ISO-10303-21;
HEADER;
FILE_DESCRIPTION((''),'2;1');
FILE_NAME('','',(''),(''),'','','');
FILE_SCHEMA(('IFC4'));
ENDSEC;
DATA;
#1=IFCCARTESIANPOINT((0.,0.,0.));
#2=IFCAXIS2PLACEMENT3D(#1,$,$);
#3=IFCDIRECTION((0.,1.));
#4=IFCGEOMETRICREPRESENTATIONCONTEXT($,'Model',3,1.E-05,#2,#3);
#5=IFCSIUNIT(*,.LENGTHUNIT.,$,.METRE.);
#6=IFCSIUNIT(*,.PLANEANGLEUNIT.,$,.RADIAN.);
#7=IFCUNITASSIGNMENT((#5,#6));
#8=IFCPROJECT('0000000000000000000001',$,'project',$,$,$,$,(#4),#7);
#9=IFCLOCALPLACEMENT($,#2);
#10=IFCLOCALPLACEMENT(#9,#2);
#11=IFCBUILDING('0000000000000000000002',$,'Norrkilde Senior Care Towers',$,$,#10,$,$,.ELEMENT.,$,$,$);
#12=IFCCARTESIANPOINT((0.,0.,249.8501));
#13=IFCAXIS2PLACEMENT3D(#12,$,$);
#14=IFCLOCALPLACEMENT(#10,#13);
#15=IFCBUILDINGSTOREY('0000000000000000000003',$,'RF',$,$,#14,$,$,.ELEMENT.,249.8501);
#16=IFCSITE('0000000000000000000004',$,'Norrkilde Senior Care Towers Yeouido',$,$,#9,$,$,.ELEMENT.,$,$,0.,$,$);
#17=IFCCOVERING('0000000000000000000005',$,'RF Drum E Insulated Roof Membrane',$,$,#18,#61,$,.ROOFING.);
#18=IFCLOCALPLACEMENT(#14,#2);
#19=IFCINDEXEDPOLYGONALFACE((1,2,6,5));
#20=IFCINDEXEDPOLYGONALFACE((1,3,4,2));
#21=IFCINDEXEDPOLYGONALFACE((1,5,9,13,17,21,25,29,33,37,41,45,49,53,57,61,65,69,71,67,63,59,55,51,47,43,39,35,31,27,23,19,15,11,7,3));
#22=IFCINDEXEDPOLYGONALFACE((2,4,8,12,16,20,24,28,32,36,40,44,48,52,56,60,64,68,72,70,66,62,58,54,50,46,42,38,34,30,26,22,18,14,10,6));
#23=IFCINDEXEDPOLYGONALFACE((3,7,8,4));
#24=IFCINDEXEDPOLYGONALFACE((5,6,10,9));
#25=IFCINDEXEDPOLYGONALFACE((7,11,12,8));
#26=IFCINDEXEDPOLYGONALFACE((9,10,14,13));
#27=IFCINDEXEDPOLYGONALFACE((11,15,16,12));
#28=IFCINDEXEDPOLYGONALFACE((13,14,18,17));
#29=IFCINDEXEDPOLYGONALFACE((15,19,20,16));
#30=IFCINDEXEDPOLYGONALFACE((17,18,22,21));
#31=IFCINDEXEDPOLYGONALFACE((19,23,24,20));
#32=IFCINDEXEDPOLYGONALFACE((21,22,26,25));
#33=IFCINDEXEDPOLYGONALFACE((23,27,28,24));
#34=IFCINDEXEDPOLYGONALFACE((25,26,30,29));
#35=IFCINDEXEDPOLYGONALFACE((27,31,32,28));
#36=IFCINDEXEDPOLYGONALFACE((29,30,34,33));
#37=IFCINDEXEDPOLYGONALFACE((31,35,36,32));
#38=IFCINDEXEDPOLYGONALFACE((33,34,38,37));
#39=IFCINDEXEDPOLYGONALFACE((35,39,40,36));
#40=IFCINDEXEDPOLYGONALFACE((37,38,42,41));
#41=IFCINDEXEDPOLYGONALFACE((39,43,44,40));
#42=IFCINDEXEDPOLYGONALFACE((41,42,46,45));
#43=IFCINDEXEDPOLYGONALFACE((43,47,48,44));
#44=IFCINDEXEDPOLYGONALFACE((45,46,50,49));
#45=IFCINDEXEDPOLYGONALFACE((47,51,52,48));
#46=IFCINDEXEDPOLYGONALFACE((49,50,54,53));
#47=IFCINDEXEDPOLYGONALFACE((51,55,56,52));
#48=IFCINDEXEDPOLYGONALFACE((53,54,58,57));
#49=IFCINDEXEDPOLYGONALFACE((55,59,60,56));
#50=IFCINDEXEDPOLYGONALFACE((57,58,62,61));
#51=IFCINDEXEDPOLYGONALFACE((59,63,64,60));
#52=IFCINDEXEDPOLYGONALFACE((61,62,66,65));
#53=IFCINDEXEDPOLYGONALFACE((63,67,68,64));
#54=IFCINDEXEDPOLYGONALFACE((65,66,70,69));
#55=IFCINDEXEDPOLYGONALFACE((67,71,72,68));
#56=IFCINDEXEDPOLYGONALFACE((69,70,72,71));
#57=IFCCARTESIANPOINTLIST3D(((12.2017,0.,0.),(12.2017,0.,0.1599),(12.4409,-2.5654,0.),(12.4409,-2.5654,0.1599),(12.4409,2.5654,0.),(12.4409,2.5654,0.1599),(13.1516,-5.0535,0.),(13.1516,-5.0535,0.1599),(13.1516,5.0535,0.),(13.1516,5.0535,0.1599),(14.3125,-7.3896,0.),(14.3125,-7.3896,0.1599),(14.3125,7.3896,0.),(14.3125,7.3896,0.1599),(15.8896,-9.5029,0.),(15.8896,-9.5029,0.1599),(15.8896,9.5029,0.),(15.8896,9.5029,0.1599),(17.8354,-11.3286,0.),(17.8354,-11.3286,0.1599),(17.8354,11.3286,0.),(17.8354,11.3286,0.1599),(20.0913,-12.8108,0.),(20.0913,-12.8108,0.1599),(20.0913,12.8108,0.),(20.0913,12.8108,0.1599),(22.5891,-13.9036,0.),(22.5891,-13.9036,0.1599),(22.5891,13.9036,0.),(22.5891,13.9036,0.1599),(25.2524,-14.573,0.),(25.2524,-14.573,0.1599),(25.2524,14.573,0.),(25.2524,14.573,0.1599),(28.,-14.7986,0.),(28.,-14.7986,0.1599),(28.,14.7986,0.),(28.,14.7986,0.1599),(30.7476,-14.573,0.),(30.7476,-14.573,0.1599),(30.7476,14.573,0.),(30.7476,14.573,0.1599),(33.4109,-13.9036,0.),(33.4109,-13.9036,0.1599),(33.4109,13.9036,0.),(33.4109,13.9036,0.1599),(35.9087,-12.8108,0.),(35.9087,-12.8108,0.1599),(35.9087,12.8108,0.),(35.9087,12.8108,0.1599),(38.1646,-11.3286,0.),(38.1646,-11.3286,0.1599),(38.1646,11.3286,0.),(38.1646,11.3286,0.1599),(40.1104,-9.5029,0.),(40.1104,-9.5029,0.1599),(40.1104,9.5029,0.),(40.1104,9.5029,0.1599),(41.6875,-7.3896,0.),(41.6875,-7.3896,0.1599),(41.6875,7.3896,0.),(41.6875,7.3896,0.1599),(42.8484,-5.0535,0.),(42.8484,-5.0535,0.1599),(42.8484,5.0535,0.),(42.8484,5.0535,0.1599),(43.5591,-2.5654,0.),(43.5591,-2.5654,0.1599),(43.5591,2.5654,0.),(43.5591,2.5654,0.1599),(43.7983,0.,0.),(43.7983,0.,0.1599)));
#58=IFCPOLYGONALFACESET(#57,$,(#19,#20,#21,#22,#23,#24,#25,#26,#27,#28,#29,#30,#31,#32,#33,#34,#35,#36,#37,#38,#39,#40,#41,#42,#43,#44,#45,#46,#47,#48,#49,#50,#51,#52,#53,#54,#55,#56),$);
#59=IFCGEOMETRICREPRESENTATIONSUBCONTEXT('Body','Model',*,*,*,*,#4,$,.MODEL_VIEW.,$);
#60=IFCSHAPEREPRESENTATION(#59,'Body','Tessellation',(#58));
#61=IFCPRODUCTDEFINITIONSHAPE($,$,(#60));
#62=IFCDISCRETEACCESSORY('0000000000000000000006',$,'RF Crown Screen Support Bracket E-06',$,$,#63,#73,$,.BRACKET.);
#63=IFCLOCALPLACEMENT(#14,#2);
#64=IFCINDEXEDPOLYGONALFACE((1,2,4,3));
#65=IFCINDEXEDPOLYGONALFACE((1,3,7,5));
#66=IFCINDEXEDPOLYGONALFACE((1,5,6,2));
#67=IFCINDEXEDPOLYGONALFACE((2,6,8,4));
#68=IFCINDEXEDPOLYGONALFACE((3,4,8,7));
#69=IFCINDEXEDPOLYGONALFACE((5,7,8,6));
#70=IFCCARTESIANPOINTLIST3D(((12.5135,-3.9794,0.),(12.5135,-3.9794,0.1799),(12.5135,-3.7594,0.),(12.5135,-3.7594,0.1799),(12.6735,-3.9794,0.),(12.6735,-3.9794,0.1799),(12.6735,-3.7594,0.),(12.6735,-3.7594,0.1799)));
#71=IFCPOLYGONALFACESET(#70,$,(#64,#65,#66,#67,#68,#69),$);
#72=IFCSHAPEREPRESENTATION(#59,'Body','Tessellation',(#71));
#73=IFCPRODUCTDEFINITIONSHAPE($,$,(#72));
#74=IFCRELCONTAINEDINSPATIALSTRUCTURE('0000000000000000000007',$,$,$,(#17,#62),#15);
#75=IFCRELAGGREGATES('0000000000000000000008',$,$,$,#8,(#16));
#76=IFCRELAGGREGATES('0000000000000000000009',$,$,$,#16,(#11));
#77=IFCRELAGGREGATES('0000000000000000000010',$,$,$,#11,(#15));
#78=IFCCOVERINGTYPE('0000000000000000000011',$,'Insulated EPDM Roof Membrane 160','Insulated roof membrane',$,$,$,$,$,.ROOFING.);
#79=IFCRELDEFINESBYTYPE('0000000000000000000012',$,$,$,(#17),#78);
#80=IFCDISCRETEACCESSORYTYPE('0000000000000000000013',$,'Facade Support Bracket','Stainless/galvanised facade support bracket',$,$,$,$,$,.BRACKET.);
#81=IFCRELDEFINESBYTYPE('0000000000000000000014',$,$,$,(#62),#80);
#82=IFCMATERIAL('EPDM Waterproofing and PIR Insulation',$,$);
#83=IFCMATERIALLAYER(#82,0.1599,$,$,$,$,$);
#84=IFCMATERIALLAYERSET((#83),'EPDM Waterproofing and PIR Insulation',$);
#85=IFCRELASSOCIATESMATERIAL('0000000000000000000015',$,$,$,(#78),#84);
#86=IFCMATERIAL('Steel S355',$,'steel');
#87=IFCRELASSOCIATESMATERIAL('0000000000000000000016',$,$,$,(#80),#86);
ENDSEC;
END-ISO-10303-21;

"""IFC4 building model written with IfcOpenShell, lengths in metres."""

from ifc_helpers import new_model, si_unit, direction, frame, origin, origin_2d, place, context, subcontext, project, spatial, polyline, rectangle, outline, extrude, source, transform, mapped, material, layer, layer_set, type_object, type_shapes, element, save


model = new_model("IFC4")

# Units and contexts
model_context = context("Model", 3, precision=1e-05, world=origin(), true_north=direction((0.0, 1.0)))
body_context = subcontext(model_context, "Body", "Model", "MODEL_VIEW")
ifc_project = project(units=[si_unit("LENGTHUNIT", "METRE"), si_unit("PLANEANGLEUNIT", "RADIAN")], contexts=[model_context])

# Site, building, storey
site_placement = place(None, origin())
site = spatial("IfcSite", under=ifc_project, at=site_placement, Name="Norrkilde Senior Care Towers Yeouido", CompositionType="ELEMENT", RefElevation=0.0)
building_placement = place(site_placement, origin())
building = spatial("IfcBuilding", under=site, at=building_placement, Name="Norrkilde Senior Care Towers", CompositionType="ELEMENT")
storey_placement = place(building_placement, frame((0.0, 0.0, 249.8501)))
storey = spatial("IfcBuildingStorey", under=building, at=storey_placement, Name="RF", CompositionType="ELEMENT", Elevation=249.8501)

# Shared definitions
ifc_material_1 = material(Name="Steel S355", Category="steel")

# Shared definitions
ifc_material_2 = material(Name="EPDM Waterproofing and PIR Insulation")

# Covering
ifc_layer_1 = layer(ifc_material_2, 0.1599)
ifc_layer_set_1 = layer_set([ifc_layer_1], Name="EPDM Waterproofing and PIR Insulation")
covering_type = type_object("IfcCoveringType", Name="Insulated EPDM Roof Membrane 160", Description="Insulated roof membrane", PredefinedType="ROOFING", material=ifc_layer_set_1)
covering_placement = place(storey_placement, origin())
element("IfcCovering", 1, at=covering_placement, inside=storey, type_object=covering_type, Name="RF Drum E Insulated Roof Membrane", PredefinedType="ROOFING", context=body_context, shape_type="SweptSolid", body=[
    extrude(outline(polyline([(43.7983, 0.0), (43.5591, -2.5654), (42.8484, -5.0535), (41.6875, -7.3896), (40.1104, -9.5029), (38.1646, -11.3286), (35.9087, -12.8108), (33.4109, -13.9036), (30.7476, -14.573), (28.0, -14.7986), (25.2524, -14.573), (22.5891, -13.9036), (20.0913, -12.8108), (17.8354, -11.3286), (15.8896, -9.5029), (14.3125, -7.3896), (13.1516, -5.0535), (12.4409, -2.5654), (12.2017, 0.0), (12.4409, 2.5654), (13.1516, 5.0535), (14.3125, 7.3896), (15.8896, 9.5029), (17.8354, 11.3286), (20.0913, 12.8108), (22.5891, 13.9036), (25.2524, 14.573), (28.0, 14.7986), (30.7476, 14.573), (33.4109, 13.9036), (35.9087, 12.8108), (38.1646, 11.3286), (40.1104, 9.5029), (41.6875, 7.3896), (42.8484, 5.0535), (43.5591, 2.5654), (43.7983, 0.0)])), origin(), (0.0, 0.0, 1.0), 0.1599),
])

# Discrete accessory
discrete_accessory_type = type_object("IfcDiscreteAccessoryType", Name="Facade Support Bracket", Description="Stainless/galvanised facade support bracket", PredefinedType="BRACKET", material=ifc_material_1)
shared_shape_1 = source(origin(), body_context, "Body", "SweptSolid", [
    extrude(rectangle(XDim=0.1599, YDim=0.22, at=origin_2d()), origin(), (0.0, 0.0, 1.0), 0.1799),
])
type_shapes(discrete_accessory_type, [shared_shape_1])
discrete_accessory_placement = place(storey_placement, frame((12.5935, -3.8694, 0.0), z_axis=(0.0, 0.0, 1.0), x_axis=(1.0, 0.0, 0.0)))
element("IfcDiscreteAccessory", 2, at=discrete_accessory_placement, inside=storey, type_object=discrete_accessory_type, Name="RF Crown Screen Support Bracket E-06", PredefinedType="BRACKET", context=body_context, shape_type="MappedRepresentation", body=[
    mapped(shared_shape_1, transform((0.0, 0.0, 0.0), x_axis=(1.0, 0.0, 0.0), y_axis=(0.0, 1.0, 0.0), z_axis=(0.0, 0.0, 1.0), scale=1.0)),
])

save(model, "model.ifc")
